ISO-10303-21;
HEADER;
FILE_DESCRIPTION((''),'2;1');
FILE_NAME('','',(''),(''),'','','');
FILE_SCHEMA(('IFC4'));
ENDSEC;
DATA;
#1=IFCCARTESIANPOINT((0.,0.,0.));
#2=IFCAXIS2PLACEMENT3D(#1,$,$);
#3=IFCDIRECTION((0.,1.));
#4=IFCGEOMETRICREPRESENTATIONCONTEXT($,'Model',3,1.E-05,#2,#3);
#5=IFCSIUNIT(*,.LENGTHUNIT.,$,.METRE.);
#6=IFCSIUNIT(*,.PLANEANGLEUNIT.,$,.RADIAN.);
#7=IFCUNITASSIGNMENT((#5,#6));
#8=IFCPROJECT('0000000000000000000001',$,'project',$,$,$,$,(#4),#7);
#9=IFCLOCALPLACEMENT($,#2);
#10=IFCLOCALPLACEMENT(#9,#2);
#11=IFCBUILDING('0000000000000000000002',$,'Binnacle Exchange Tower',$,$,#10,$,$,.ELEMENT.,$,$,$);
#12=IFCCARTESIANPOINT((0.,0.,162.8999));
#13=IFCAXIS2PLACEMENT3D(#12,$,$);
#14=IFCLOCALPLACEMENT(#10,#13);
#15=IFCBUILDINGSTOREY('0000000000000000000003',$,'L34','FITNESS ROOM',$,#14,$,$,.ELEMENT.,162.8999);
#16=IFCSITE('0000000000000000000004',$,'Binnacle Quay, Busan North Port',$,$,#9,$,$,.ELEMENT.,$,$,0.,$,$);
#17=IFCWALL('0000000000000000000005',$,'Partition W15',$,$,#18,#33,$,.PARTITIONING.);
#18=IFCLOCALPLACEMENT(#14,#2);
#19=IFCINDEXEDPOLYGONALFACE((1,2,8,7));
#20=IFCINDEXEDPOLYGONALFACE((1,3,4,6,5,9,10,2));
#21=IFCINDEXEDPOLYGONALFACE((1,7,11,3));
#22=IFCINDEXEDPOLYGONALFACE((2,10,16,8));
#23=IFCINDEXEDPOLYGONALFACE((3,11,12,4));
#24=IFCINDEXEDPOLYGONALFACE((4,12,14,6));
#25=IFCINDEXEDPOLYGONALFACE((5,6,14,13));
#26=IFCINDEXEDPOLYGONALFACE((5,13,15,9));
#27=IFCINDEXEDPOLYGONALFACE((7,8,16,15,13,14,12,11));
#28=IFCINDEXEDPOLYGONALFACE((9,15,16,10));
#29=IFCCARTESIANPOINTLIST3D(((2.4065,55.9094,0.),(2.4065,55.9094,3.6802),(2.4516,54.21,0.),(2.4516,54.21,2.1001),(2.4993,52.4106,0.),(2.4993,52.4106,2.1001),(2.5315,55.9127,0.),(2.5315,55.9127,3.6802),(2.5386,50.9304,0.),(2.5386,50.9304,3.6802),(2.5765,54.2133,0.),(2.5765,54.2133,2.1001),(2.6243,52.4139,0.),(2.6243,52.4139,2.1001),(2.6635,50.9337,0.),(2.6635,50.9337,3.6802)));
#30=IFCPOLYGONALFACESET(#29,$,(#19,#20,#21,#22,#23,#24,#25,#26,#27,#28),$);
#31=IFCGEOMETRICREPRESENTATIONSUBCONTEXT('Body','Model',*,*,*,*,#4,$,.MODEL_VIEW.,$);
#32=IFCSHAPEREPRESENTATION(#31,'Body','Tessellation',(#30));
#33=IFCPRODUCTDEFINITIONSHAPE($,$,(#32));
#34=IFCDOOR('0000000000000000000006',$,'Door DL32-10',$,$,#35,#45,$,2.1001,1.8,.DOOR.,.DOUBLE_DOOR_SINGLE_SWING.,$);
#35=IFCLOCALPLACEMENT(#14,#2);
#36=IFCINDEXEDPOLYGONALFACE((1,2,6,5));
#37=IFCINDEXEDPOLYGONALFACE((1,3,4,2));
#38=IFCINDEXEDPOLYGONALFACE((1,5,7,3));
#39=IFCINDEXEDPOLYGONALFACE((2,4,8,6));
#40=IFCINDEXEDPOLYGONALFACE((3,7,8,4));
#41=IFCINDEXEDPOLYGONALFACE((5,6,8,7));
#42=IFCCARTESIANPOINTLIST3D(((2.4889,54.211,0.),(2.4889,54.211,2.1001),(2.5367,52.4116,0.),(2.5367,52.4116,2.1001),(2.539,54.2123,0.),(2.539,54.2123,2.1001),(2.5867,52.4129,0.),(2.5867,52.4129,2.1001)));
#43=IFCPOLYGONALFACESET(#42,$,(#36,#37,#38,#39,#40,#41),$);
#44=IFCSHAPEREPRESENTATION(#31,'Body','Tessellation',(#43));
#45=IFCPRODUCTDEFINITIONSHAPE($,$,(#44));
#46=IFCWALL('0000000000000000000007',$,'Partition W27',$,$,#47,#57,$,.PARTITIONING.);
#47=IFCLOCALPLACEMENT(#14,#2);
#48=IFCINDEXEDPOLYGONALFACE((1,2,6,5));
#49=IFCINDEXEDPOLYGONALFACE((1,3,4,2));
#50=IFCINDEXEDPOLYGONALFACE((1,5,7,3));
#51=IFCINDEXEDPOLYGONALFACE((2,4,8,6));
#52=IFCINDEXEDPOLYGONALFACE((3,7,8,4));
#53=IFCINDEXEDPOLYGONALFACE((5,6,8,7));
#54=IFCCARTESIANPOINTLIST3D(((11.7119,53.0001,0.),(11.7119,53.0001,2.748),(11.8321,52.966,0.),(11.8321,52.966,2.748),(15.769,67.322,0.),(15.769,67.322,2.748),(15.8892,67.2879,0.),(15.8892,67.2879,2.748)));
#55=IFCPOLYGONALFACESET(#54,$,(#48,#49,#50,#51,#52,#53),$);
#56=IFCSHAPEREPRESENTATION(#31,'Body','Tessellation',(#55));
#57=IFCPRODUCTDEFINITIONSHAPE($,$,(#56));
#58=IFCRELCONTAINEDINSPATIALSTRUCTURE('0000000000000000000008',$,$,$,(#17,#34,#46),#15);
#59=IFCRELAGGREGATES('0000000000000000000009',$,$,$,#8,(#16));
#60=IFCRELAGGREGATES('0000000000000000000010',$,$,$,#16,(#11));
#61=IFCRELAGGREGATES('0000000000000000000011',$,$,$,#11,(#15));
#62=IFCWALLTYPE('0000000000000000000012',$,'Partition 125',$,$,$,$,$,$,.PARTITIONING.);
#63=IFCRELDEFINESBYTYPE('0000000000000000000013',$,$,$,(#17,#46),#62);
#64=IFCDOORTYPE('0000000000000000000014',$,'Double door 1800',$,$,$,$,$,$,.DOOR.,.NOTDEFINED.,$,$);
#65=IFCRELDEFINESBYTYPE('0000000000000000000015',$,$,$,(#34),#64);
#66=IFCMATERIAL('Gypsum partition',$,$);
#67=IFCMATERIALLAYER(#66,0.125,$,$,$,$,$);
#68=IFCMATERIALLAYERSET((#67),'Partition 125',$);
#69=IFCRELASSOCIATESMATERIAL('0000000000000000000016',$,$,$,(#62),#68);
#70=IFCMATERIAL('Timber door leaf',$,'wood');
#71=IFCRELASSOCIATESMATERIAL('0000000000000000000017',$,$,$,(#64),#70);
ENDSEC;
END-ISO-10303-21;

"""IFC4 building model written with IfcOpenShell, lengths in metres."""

from ifc_helpers import new_model, si_unit, direction, frame, frame_2d, origin, place, context, subcontext, project, spatial, rectangle, extrude, material, layer, layer_set, type_object, element, fill, save


model = new_model("IFC4")

# Units and contexts
model_context = context("Model", 3, precision=1e-05, world=origin(), true_north=direction((0.0, 1.0)))
body_context = subcontext(model_context, "Body", "Model", "MODEL_VIEW")
ifc_project = project(units=[si_unit("LENGTHUNIT", "METRE"), si_unit("PLANEANGLEUNIT", "RADIAN")], contexts=[model_context])

# Site, building, storey
site_placement = place(None, origin())
site = spatial("IfcSite", under=ifc_project, at=site_placement, Name="Binnacle Quay, Busan North Port", CompositionType="ELEMENT", RefElevation=0.0)
building_placement = place(site_placement, origin())
building = spatial("IfcBuilding", under=site, at=building_placement, Name="Binnacle Exchange Tower", CompositionType="ELEMENT")
storey_placement = place(building_placement, frame((0.0, 0.0, 162.8999)))
storey = spatial("IfcBuildingStorey", under=building, at=storey_placement, Name="L34", Description="FITNESS ROOM", CompositionType="ELEMENT", Elevation=162.8999)

# Shared definitions
ifc_material_1 = material(Name="Gypsum partition")
ifc_layer_1 = layer(ifc_material_1, 0.125)
ifc_layer_set_1 = layer_set([ifc_layer_1], Name="Partition 125")
wall_type_1 = type_object("IfcWallType", Name="Partition 125", PredefinedType="PARTITIONING", material=ifc_layer_set_1)

# Wall, opening, door
wall_1_placement = place(storey_placement, frame((2.469, 55.9109, 0.0), z_axis=(0.0, 0.0, 1.0), x_axis=(0.026518, -0.999648, 0.0)))
wall_1 = element("IfcWall", 1, at=wall_1_placement, inside=storey, type_object=wall_type_1, Name="Partition W15", PredefinedType="PARTITIONING", context=body_context, shape_type="SweptSolid", body=[
    extrude(rectangle(XDim=4.9807, YDim=0.125, at=frame_2d((2.4902, 0.0))), origin(), (0.0, 0.0, 1.0), 3.6802),
])
opening_1_placement = place(wall_1_placement, frame((1.7, 0.0, 0.0)))
opening_1 = element("IfcOpeningElement", 2, at=opening_1_placement, cuts=wall_1, PredefinedType="OPENING", context=body_context, shape_type="SweptSolid", body=[
    extrude(rectangle(XDim=1.8, YDim=2.1001, at=frame_2d((0.8999, 1.05))), frame((0.0, 0.0725, 0.0), z_axis=(0.0, -1.0, 0.0), x_axis=(1.0, 0.0, 0.0)), (0.0, 0.0, 1.0), 0.145),
])
ifc_material_2 = material(Name="Timber door leaf", Category="wood")
door_type = type_object("IfcDoorType", Name="Double door 1800", OperationType="NOTDEFINED", PredefinedType="DOOR", material=ifc_material_2)
door_placement = place(opening_1_placement, origin())
door = element("IfcDoor", 3, at=door_placement, inside=storey, type_object=door_type, Name="Door DL32-10", OperationType="DOUBLE_DOOR_SINGLE_SWING", OverallHeight=2.1001, OverallWidth=1.8, PredefinedType="DOOR", context=body_context, shape_type="SweptSolid", body=[
    extrude(rectangle(XDim=1.8, YDim=2.1001, at=frame_2d((0.8999, 1.05))), frame((0.0, 0.0249, 0.0), z_axis=(0.0, -1.0, 0.0), x_axis=(1.0, 0.0, 0.0)), (0.0, 0.0, 1.0), 0.05),
])
fill(opening_1, door)

# Wall
wall_2_placement = place(storey_placement, frame((11.772, 52.9829, 0.0), z_axis=(0.0, 0.0, 1.0), x_axis=(0.272554, 0.96214, 0.0)))
element("IfcWall", 4, at=wall_2_placement, inside=storey, type_object=wall_type_1, Name="Partition W27", PredefinedType="PARTITIONING", context=body_context, shape_type="SweptSolid", body=[
    extrude(rectangle(XDim=14.8855, YDim=0.125, at=frame_2d((7.4429, 0.0))), origin(), (0.0, 0.0, 1.0), 2.748),
])

save(model, "model.ifc")
